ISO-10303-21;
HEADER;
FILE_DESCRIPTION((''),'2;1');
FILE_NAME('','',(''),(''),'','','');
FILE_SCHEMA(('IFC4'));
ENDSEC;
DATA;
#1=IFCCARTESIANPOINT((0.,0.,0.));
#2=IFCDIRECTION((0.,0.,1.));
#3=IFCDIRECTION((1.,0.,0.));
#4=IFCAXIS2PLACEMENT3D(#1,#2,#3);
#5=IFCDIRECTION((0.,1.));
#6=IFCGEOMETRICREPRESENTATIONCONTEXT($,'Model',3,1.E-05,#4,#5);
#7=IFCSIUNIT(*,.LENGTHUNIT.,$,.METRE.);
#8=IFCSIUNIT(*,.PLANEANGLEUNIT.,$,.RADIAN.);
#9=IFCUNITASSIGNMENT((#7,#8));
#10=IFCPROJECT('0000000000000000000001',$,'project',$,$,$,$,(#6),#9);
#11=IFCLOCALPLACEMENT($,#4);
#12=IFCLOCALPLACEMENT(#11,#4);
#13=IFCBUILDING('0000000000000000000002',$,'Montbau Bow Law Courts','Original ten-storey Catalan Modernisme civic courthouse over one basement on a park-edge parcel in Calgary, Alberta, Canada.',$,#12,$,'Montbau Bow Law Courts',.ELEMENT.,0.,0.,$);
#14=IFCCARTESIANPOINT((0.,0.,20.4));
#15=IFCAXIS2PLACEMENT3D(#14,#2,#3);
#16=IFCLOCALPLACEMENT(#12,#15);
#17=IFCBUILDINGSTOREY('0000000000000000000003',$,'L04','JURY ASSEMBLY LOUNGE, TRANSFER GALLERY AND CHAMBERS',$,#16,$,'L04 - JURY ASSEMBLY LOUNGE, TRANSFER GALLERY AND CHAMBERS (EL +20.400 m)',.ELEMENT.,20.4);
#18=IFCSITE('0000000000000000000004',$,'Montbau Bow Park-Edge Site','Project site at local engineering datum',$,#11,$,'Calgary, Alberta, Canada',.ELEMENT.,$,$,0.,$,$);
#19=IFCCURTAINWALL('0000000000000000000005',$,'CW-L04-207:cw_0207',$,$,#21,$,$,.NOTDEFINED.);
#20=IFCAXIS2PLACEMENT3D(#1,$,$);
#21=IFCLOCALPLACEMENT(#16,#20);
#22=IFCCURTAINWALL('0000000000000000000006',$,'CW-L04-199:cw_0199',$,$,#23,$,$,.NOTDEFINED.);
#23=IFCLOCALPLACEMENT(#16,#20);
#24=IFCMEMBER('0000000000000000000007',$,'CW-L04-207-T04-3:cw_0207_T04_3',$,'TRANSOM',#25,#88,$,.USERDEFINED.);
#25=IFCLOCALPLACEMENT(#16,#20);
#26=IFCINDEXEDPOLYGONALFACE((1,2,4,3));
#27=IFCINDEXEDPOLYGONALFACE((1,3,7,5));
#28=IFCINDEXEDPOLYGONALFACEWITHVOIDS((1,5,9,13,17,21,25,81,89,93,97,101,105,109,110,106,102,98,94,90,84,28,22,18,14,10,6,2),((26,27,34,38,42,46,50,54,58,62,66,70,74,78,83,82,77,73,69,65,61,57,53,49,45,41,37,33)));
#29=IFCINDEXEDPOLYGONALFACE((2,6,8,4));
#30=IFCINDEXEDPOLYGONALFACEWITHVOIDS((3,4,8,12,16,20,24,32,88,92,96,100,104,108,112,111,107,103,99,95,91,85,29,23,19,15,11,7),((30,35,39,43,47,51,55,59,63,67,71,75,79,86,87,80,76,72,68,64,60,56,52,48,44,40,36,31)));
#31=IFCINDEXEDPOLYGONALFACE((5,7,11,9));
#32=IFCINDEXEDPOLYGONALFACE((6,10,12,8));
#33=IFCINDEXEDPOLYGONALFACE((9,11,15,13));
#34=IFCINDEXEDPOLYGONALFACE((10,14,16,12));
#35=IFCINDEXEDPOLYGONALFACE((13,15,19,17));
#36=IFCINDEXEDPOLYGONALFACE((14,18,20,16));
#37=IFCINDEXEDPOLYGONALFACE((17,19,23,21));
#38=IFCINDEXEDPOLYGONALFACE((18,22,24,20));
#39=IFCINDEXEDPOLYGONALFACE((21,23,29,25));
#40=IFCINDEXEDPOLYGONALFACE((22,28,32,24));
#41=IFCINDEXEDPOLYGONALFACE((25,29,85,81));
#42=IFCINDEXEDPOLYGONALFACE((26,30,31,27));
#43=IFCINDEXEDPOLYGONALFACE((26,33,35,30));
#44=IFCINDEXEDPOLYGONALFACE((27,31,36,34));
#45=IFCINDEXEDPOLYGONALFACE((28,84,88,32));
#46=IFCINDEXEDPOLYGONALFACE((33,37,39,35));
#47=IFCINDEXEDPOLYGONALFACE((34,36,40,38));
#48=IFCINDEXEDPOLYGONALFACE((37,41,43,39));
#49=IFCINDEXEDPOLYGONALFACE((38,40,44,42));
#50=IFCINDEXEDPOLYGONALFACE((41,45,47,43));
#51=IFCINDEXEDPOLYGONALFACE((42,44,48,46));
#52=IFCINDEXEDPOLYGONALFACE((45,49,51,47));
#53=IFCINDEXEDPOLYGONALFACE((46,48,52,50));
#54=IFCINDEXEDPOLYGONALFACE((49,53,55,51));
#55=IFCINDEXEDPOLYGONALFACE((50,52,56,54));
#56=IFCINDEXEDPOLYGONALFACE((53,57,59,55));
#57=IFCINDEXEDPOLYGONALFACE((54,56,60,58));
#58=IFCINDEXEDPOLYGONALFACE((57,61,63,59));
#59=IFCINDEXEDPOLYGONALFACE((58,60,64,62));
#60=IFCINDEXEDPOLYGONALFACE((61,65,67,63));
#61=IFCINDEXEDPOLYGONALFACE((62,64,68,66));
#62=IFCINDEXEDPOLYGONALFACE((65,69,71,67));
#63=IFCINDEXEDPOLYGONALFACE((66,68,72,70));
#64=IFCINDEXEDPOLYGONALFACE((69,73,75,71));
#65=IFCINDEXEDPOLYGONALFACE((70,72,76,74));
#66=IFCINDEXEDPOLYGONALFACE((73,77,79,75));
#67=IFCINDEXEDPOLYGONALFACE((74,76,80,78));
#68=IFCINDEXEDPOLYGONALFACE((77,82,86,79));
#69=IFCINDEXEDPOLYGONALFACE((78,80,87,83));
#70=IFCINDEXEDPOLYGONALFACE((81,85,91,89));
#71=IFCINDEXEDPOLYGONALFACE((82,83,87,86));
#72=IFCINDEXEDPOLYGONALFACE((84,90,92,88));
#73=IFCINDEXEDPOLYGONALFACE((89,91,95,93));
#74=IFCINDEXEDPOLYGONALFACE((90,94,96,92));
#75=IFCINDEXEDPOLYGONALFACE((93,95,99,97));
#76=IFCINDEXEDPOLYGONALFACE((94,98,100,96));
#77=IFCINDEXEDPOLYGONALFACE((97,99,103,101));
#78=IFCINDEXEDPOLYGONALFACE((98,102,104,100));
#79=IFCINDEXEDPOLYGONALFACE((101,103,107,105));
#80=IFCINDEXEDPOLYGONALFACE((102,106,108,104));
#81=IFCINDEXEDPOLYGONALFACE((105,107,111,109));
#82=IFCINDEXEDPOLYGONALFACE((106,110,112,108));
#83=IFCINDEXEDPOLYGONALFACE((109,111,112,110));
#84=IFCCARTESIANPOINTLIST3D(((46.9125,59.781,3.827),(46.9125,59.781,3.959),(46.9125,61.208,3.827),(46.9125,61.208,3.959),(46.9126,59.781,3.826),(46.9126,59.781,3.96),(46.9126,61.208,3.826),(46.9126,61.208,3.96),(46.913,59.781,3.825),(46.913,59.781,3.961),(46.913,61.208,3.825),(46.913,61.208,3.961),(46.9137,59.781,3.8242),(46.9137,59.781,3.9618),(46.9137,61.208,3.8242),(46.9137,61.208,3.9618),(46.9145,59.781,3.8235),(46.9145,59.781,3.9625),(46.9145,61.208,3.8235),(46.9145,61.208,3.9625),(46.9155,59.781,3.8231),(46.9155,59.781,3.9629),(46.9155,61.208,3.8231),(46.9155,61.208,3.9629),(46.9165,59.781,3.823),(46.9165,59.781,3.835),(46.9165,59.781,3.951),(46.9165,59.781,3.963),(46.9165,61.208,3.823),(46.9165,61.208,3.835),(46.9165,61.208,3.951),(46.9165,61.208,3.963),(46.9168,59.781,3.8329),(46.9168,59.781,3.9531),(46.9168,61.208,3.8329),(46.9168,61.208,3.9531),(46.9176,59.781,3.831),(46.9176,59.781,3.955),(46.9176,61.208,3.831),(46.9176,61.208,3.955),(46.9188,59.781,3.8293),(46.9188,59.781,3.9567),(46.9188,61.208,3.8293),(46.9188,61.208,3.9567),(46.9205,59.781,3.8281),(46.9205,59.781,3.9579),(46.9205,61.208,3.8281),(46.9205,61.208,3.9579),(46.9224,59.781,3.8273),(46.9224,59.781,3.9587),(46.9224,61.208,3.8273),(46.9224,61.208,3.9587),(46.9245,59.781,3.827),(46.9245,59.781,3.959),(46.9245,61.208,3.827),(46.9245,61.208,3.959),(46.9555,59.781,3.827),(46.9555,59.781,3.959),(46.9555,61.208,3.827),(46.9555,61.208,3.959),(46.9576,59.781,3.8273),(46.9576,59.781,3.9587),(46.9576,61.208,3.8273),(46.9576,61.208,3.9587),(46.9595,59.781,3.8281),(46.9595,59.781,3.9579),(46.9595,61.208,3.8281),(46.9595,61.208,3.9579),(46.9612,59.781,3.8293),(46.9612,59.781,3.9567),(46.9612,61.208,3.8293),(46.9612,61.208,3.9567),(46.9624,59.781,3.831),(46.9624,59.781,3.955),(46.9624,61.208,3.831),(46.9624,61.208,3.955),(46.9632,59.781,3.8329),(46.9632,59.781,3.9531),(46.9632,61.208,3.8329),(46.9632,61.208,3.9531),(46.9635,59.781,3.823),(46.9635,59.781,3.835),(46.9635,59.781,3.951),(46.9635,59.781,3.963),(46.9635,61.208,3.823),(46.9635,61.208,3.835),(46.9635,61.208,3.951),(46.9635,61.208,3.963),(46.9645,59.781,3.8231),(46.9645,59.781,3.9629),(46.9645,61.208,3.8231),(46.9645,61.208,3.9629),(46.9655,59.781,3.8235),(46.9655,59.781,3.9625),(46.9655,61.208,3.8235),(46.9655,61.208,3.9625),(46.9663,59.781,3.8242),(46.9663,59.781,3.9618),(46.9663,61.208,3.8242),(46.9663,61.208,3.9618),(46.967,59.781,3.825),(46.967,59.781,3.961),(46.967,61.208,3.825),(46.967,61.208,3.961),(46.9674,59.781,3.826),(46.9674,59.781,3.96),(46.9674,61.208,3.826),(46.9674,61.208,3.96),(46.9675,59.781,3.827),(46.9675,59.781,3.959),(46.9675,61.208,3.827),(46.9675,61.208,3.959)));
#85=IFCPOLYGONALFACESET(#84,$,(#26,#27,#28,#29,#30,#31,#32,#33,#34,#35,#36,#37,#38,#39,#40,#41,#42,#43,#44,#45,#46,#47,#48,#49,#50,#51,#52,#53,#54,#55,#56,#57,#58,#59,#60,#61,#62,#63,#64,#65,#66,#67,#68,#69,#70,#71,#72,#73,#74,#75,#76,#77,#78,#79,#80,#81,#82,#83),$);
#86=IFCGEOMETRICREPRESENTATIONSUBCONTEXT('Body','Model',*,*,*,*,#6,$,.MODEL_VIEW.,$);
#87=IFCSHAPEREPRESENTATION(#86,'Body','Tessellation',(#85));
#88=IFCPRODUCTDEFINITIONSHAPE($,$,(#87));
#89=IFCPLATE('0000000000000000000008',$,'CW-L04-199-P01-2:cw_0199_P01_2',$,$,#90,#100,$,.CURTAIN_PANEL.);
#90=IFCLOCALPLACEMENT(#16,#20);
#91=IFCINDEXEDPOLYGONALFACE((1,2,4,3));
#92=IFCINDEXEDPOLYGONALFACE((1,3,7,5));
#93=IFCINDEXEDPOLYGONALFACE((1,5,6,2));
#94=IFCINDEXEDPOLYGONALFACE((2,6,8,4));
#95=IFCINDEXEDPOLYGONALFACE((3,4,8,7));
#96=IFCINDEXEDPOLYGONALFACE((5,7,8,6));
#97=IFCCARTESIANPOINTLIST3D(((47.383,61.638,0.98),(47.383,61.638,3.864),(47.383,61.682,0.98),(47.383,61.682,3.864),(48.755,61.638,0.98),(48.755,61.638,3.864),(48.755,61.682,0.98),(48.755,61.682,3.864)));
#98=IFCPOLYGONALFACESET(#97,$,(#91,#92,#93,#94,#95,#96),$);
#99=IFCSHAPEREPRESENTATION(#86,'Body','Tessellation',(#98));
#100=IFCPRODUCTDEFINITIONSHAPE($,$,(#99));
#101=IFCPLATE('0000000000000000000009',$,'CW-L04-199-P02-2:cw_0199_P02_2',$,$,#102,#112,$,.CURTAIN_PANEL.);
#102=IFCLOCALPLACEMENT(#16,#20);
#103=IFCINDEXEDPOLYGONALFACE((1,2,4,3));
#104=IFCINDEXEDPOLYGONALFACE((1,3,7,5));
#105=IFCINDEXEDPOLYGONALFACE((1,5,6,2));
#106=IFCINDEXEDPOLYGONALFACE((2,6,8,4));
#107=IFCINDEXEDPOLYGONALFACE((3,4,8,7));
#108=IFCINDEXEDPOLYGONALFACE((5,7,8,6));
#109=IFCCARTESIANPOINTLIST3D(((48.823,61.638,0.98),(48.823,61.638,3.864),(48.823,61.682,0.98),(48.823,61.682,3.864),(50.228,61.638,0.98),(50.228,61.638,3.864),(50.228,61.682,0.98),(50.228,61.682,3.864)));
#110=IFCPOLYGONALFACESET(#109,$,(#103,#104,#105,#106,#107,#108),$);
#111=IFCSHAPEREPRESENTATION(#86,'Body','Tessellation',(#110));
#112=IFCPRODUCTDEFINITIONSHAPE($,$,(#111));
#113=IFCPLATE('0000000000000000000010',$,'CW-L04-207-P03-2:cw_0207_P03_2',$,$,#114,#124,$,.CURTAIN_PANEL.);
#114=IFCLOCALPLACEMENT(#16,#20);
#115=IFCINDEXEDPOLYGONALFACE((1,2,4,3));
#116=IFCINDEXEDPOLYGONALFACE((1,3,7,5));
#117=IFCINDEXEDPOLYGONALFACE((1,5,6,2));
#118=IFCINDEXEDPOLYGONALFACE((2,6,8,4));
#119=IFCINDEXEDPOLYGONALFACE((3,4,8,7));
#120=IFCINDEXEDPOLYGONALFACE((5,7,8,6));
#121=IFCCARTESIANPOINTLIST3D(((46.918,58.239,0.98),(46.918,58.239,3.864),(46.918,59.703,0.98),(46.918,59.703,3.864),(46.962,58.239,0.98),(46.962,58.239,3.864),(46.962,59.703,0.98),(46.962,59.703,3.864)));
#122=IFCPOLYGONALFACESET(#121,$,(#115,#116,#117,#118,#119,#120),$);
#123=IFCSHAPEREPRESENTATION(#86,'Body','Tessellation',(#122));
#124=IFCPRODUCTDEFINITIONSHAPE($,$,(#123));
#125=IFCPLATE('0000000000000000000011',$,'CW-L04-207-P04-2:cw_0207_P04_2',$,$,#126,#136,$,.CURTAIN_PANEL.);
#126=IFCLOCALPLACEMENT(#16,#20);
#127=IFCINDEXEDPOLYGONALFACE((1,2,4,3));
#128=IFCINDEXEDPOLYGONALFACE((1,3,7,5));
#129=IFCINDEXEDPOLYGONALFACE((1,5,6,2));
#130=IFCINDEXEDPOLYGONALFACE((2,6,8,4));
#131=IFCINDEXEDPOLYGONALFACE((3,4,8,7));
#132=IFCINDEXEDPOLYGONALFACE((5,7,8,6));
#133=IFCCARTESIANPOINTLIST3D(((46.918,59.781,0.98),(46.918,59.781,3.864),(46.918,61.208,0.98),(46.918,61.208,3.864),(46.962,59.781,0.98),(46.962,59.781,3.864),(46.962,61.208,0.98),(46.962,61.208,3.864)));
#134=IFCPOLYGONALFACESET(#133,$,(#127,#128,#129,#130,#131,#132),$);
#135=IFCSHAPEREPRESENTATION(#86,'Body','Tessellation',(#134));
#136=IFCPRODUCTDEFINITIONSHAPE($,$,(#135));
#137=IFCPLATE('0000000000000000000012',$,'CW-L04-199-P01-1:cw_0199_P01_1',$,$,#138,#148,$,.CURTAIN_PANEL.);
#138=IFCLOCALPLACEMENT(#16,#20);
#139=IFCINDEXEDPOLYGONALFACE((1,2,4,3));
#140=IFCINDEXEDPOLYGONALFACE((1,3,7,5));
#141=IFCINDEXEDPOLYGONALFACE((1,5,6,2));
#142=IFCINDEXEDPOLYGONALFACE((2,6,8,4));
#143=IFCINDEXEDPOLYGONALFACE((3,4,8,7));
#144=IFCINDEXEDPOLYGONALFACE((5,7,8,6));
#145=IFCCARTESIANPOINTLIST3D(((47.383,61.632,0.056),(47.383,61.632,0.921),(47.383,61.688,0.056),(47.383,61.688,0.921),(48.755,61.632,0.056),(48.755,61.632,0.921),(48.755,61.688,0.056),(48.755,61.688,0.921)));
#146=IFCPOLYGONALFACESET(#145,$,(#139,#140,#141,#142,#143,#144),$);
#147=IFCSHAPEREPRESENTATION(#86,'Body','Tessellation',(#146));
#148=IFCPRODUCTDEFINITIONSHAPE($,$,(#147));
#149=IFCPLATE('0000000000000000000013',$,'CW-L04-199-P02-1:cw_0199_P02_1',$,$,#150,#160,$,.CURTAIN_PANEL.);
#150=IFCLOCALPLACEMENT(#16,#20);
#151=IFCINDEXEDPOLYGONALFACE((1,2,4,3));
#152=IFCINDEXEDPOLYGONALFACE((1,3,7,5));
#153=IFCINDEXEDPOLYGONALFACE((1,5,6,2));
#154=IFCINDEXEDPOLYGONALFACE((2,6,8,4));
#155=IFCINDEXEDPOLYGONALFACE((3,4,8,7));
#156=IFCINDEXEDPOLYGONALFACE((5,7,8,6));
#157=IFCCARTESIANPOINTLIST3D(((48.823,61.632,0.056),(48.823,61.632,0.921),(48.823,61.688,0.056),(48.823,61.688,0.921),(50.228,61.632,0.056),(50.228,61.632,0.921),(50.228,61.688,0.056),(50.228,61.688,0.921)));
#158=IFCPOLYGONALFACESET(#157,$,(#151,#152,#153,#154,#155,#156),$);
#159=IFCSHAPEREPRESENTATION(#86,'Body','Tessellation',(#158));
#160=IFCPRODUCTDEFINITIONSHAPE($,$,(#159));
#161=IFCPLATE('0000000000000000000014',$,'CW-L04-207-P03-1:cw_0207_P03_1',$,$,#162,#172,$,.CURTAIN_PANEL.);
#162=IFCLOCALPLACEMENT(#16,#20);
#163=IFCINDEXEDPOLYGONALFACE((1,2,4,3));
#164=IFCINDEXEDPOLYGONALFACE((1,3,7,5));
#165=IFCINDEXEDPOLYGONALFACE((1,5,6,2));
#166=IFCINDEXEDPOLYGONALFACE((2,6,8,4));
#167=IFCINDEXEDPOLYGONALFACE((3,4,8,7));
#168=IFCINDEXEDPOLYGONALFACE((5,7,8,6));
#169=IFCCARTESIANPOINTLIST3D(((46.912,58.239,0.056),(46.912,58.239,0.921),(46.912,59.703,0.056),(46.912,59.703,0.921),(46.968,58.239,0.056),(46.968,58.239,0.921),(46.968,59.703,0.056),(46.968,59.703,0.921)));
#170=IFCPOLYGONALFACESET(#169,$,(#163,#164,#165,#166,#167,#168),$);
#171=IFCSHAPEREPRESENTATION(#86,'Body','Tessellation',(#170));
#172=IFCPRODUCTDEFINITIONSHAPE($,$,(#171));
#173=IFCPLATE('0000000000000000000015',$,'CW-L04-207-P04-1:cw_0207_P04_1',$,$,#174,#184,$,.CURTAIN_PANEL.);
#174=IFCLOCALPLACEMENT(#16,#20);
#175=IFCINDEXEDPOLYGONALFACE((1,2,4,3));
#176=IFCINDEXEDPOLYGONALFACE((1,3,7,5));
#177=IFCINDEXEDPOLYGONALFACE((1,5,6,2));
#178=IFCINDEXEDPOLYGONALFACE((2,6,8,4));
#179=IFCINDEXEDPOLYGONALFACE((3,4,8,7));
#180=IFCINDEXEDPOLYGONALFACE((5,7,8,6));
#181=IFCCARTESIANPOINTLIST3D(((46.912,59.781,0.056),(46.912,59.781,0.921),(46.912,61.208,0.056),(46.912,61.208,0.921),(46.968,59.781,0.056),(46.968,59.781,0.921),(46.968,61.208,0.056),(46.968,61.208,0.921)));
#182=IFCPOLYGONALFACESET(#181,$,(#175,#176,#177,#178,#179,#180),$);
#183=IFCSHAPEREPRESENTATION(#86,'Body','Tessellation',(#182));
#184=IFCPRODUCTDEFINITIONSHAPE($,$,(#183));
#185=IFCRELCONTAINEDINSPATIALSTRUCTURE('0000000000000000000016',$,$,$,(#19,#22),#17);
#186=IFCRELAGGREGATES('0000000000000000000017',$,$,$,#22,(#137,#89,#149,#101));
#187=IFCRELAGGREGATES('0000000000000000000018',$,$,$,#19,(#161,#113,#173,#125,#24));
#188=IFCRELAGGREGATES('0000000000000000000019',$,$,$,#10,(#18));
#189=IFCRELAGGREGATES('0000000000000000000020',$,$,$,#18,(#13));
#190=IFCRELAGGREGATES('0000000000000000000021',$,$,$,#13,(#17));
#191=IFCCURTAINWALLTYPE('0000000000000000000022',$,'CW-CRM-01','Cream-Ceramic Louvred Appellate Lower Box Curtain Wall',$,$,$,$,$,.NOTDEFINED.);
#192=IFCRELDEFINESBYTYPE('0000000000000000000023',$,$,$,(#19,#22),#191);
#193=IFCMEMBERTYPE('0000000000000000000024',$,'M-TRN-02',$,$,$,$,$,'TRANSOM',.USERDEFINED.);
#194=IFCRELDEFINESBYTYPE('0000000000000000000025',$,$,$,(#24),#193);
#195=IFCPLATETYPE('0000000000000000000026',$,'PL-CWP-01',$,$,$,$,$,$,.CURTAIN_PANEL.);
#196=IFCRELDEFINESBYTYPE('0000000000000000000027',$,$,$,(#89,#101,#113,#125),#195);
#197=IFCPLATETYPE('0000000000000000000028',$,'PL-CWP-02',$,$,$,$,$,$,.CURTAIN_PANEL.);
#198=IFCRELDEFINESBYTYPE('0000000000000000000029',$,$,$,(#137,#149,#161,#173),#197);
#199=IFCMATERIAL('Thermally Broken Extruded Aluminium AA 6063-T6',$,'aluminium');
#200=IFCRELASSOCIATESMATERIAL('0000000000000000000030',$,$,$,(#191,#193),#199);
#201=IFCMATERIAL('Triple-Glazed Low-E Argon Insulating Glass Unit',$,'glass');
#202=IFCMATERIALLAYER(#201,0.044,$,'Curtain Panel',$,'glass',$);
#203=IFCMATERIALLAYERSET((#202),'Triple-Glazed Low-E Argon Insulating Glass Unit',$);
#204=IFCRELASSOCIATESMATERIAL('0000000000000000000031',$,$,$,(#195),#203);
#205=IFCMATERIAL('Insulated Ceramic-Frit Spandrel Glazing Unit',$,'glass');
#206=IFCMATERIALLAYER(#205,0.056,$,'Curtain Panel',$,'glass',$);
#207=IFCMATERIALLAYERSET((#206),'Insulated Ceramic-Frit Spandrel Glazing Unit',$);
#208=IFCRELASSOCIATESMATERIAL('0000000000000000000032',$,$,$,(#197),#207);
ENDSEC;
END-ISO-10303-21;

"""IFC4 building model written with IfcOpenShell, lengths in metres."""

from ifc_helpers import new_model, si_unit, direction, frame, frame_2d, origin_with_axes, origin_2d_with_axis, place, context, subcontext, project, spatial, rectangle, hollow_rectangle, extrude, material, layer, layer_set, material_profile, profile_set, type_object, element, aggregate, save


model = new_model("IFC4")

# Units and contexts
model_context = context("Model", 3, precision=1e-05, world=origin_with_axes(), true_north=direction((0.0, 1.0)))
body_context = subcontext(model_context, "Body", "Model", "MODEL_VIEW")
ifc_project = project(units=[si_unit("LENGTHUNIT", "METRE"), si_unit("PLANEANGLEUNIT", "RADIAN")], contexts=[model_context])

# Site, building, storey
site_placement = place(None, origin_with_axes())
site = spatial("IfcSite", under=ifc_project, at=site_placement, Name="Montbau Bow Park-Edge Site", Description="Project site at local engineering datum", LongName="Calgary, Alberta, Canada", CompositionType="ELEMENT", RefElevation=0.0)
building_placement = place(site_placement, origin_with_axes())
building = spatial("IfcBuilding", under=site, at=building_placement, Name="Montbau Bow Law Courts", Description="Original ten-storey Catalan Modernisme civic courthouse over one basement on a park-edge parcel in Calgary, Alberta, Canada.", LongName="Montbau Bow Law Courts", CompositionType="ELEMENT", ElevationOfRefHeight=0.0, ElevationOfTerrain=0.0)
storey_placement = place(building_placement, frame((0.0, 0.0, 20.4), z_axis=(0.0, 0.0, 1.0), x_axis=(1.0, 0.0, 0.0)))
storey = spatial("IfcBuildingStorey", under=building, at=storey_placement, Name="L04", Description="JURY ASSEMBLY LOUNGE, TRANSFER GALLERY AND CHAMBERS", LongName="L04 - JURY ASSEMBLY LOUNGE, TRANSFER GALLERY AND CHAMBERS (EL +20.400 m)", CompositionType="ELEMENT", Elevation=20.4)

# Curtain walls
ifc_material_1 = material(Name="Thermally Broken Extruded Aluminium AA 6063-T6", Category="aluminium")
curtain_wall_type = type_object("IfcCurtainWallType", Name="CW-CRM-01", Description="Cream-Ceramic Louvred Appellate Lower Box Curtain Wall", PredefinedType="NOTDEFINED", material=ifc_material_1)
curtain_wall_1_placement = place(None, frame((46.94, 55.115, 20.4), z_axis=(0.0, 0.0, 1.0), x_axis=(1.0, 0.0, 0.0)))
curtain_wall_1 = element("IfcCurtainWall", 1, at=curtain_wall_1_placement, inside=storey, type_object=curtain_wall_type, Name="CW-L04-207:cw_0207", PredefinedType="NOTDEFINED")
curtain_wall_2_placement = place(None, frame((47.315, 61.66, 20.4), z_axis=(0.0, 0.0, 1.0), x_axis=(1.0, 0.0, 0.0)))
curtain_wall_2 = element("IfcCurtainWall", 2, at=curtain_wall_2_placement, inside=storey, type_object=curtain_wall_type, Name="CW-L04-199:cw_0199", PredefinedType="NOTDEFINED")
ifc_material_profile_1 = material_profile(ifc_material_1, hollow_rectangle(XDim=0.055, YDim=0.14, WallThickness=0.004, InnerFilletRadius=0.008, OuterFilletRadius=0.004, at=origin_2d_with_axis()), Name="CWT-140X55", Category="Main", Priority=0)
ifc_profile_set_1 = profile_set([ifc_material_profile_1], Name="Thermally Broken Extruded Aluminium AA 6063-T6")
member_type_1 = type_object("IfcMemberType", Name="M-TRN-02", ElementType="TRANSOM", PredefinedType="USERDEFINED", material=ifc_profile_set_1)

# Member
member_1_placement = place(None, frame((46.94, 59.781, 24.293), z_axis=(0.0, 1.0, 0.0), x_axis=(-1.0, 0.0, 0.0)))
member_1 = element("IfcMember", 3, at=member_1_placement, type_object=member_type_1, Name="CW-L04-207-T04-3:cw_0207_T04_3", ObjectType="TRANSOM", PredefinedType="USERDEFINED", context=body_context, shape_type="SweptSolid", body=[
    extrude(hollow_rectangle(XDim=0.055, YDim=0.14, WallThickness=0.004, InnerFilletRadius=0.008, OuterFilletRadius=0.004, at=origin_2d_with_axis()), origin_with_axes(), (0.0, 0.0, 1.0), 1.427),
])

# Plates
ifc_material_2 = material(Name="Triple-Glazed Low-E Argon Insulating Glass Unit", Category="glass")
ifc_layer_1 = layer(ifc_material_2, 0.044, Name="Curtain Panel", Category="glass")
ifc_layer_set_1 = layer_set([ifc_layer_1], Name="Triple-Glazed Low-E Argon Insulating Glass Unit")
plate_type_1 = type_object("IfcPlateType", Name="PL-CWP-01", PredefinedType="CURTAIN_PANEL", material=ifc_layer_set_1)
plate_1_placement = place(None, frame((47.383, 61.66, 21.38), z_axis=(0.0, -1.0, 0.0), x_axis=(1.0, 0.0, 0.0)))
plate_1 = element("IfcPlate", 4, at=plate_1_placement, type_object=plate_type_1, Name="CW-L04-199-P01-2:cw_0199_P01_2", PredefinedType="CURTAIN_PANEL", context=body_context, shape_type="SweptSolid", body=[
    extrude(rectangle(XDim=1.372, YDim=2.884, at=frame_2d((0.686, 1.442), x_axis=(1.0, 0.0))), frame((0.0, 0.0, -0.022), z_axis=(0.0, 0.0, 1.0), x_axis=(1.0, 0.0, 0.0)), (0.0, 0.0, 1.0), 0.044),
])
plate_2_placement = place(None, frame((48.823, 61.66, 21.38), z_axis=(0.0, -1.0, 0.0), x_axis=(1.0, 0.0, 0.0)))
plate_2 = element("IfcPlate", 5, at=plate_2_placement, type_object=plate_type_1, Name="CW-L04-199-P02-2:cw_0199_P02_2", PredefinedType="CURTAIN_PANEL", context=body_context, shape_type="SweptSolid", body=[
    extrude(rectangle(XDim=1.405, YDim=2.884, at=frame_2d((0.7025, 1.442), x_axis=(1.0, 0.0))), frame((0.0, 0.0, -0.022), z_axis=(0.0, 0.0, 1.0), x_axis=(1.0, 0.0, 0.0)), (0.0, 0.0, 1.0), 0.044),
])
plate_3_placement = place(None, frame((46.94, 58.239, 21.38), z_axis=(1.0, 0.0, 0.0), x_axis=(0.0, 1.0, 0.0)))
plate_3 = element("IfcPlate", 6, at=plate_3_placement, type_object=plate_type_1, Name="CW-L04-207-P03-2:cw_0207_P03_2", PredefinedType="CURTAIN_PANEL", context=body_context, shape_type="SweptSolid", body=[
    extrude(rectangle(XDim=1.464, YDim=2.884, at=frame_2d((0.732, 1.442), x_axis=(1.0, 0.0))), frame((0.0, 0.0, -0.022), z_axis=(0.0, 0.0, 1.0), x_axis=(1.0, 0.0, 0.0)), (0.0, 0.0, 1.0), 0.044),
])
plate_4_placement = place(None, frame((46.94, 59.781, 21.38), z_axis=(1.0, 0.0, 0.0), x_axis=(0.0, 1.0, 0.0)))
plate_4 = element("IfcPlate", 7, at=plate_4_placement, type_object=plate_type_1, Name="CW-L04-207-P04-2:cw_0207_P04_2", PredefinedType="CURTAIN_PANEL", context=body_context, shape_type="SweptSolid", body=[
    extrude(rectangle(XDim=1.427, YDim=2.884, at=frame_2d((0.7135, 1.442), x_axis=(1.0, 0.0))), frame((0.0, 0.0, -0.022), z_axis=(0.0, 0.0, 1.0), x_axis=(1.0, 0.0, 0.0)), (0.0, 0.0, 1.0), 0.044),
])
ifc_material_3 = material(Name="Insulated Ceramic-Frit Spandrel Glazing Unit", Category="glass")
ifc_layer_2 = layer(ifc_material_3, 0.056, Name="Curtain Panel", Category="glass")
ifc_layer_set_2 = layer_set([ifc_layer_2], Name="Insulated Ceramic-Frit Spandrel Glazing Unit")
plate_type_2 = type_object("IfcPlateType", Name="PL-CWP-02", PredefinedType="CURTAIN_PANEL", material=ifc_layer_set_2)
plate_5_placement = place(None, frame((47.383, 61.66, 20.456), z_axis=(0.0, -1.0, 0.0), x_axis=(1.0, 0.0, 0.0)))
plate_5 = element("IfcPlate", 8, at=plate_5_placement, type_object=plate_type_2, Name="CW-L04-199-P01-1:cw_0199_P01_1", PredefinedType="CURTAIN_PANEL", context=body_context, shape_type="SweptSolid", body=[
    extrude(rectangle(XDim=1.372, YDim=0.865, at=frame_2d((0.686, 0.4325), x_axis=(1.0, 0.0))), frame((0.0, 0.0, -0.028), z_axis=(0.0, 0.0, 1.0), x_axis=(1.0, 0.0, 0.0)), (0.0, 0.0, 1.0), 0.056),
])
plate_6_placement = place(None, frame((48.823, 61.66, 20.456), z_axis=(0.0, -1.0, 0.0), x_axis=(1.0, 0.0, 0.0)))
plate_6 = element("IfcPlate", 9, at=plate_6_placement, type_object=plate_type_2, Name="CW-L04-199-P02-1:cw_0199_P02_1", PredefinedType="CURTAIN_PANEL", context=body_context, shape_type="SweptSolid", body=[
    extrude(rectangle(XDim=1.405, YDim=0.865, at=frame_2d((0.7025, 0.4325), x_axis=(1.0, 0.0))), frame((0.0, 0.0, -0.028), z_axis=(0.0, 0.0, 1.0), x_axis=(1.0, 0.0, 0.0)), (0.0, 0.0, 1.0), 0.056),
])
aggregate(curtain_wall_2, [plate_5, plate_1, plate_6, plate_2])
plate_7_placement = place(None, frame((46.94, 58.239, 20.456), z_axis=(1.0, 0.0, 0.0), x_axis=(0.0, 1.0, 0.0)))
plate_7 = element("IfcPlate", 10, at=plate_7_placement, type_object=plate_type_2, Name="CW-L04-207-P03-1:cw_0207_P03_1", PredefinedType="CURTAIN_PANEL", context=body_context, shape_type="SweptSolid", body=[
    extrude(rectangle(XDim=1.464, YDim=0.865, at=frame_2d((0.732, 0.4325), x_axis=(1.0, 0.0))), frame((0.0, 0.0, -0.028), z_axis=(0.0, 0.0, 1.0), x_axis=(1.0, 0.0, 0.0)), (0.0, 0.0, 1.0), 0.056),
])
plate_8_placement = place(None, frame((46.94, 59.781, 20.456), z_axis=(1.0, 0.0, 0.0), x_axis=(0.0, 1.0, 0.0)))
plate_8 = element("IfcPlate", 11, at=plate_8_placement, type_object=plate_type_2, Name="CW-L04-207-P04-1:cw_0207_P04_1", PredefinedType="CURTAIN_PANEL", context=body_context, shape_type="SweptSolid", body=[
    extrude(rectangle(XDim=1.427, YDim=0.865, at=frame_2d((0.7135, 0.4325), x_axis=(1.0, 0.0))), frame((0.0, 0.0, -0.028), z_axis=(0.0, 0.0, 1.0), x_axis=(1.0, 0.0, 0.0)), (0.0, 0.0, 1.0), 0.056),
])
aggregate(curtain_wall_1, [plate_7, plate_3, plate_8, plate_4, member_1])

save(model, "model.ifc")
